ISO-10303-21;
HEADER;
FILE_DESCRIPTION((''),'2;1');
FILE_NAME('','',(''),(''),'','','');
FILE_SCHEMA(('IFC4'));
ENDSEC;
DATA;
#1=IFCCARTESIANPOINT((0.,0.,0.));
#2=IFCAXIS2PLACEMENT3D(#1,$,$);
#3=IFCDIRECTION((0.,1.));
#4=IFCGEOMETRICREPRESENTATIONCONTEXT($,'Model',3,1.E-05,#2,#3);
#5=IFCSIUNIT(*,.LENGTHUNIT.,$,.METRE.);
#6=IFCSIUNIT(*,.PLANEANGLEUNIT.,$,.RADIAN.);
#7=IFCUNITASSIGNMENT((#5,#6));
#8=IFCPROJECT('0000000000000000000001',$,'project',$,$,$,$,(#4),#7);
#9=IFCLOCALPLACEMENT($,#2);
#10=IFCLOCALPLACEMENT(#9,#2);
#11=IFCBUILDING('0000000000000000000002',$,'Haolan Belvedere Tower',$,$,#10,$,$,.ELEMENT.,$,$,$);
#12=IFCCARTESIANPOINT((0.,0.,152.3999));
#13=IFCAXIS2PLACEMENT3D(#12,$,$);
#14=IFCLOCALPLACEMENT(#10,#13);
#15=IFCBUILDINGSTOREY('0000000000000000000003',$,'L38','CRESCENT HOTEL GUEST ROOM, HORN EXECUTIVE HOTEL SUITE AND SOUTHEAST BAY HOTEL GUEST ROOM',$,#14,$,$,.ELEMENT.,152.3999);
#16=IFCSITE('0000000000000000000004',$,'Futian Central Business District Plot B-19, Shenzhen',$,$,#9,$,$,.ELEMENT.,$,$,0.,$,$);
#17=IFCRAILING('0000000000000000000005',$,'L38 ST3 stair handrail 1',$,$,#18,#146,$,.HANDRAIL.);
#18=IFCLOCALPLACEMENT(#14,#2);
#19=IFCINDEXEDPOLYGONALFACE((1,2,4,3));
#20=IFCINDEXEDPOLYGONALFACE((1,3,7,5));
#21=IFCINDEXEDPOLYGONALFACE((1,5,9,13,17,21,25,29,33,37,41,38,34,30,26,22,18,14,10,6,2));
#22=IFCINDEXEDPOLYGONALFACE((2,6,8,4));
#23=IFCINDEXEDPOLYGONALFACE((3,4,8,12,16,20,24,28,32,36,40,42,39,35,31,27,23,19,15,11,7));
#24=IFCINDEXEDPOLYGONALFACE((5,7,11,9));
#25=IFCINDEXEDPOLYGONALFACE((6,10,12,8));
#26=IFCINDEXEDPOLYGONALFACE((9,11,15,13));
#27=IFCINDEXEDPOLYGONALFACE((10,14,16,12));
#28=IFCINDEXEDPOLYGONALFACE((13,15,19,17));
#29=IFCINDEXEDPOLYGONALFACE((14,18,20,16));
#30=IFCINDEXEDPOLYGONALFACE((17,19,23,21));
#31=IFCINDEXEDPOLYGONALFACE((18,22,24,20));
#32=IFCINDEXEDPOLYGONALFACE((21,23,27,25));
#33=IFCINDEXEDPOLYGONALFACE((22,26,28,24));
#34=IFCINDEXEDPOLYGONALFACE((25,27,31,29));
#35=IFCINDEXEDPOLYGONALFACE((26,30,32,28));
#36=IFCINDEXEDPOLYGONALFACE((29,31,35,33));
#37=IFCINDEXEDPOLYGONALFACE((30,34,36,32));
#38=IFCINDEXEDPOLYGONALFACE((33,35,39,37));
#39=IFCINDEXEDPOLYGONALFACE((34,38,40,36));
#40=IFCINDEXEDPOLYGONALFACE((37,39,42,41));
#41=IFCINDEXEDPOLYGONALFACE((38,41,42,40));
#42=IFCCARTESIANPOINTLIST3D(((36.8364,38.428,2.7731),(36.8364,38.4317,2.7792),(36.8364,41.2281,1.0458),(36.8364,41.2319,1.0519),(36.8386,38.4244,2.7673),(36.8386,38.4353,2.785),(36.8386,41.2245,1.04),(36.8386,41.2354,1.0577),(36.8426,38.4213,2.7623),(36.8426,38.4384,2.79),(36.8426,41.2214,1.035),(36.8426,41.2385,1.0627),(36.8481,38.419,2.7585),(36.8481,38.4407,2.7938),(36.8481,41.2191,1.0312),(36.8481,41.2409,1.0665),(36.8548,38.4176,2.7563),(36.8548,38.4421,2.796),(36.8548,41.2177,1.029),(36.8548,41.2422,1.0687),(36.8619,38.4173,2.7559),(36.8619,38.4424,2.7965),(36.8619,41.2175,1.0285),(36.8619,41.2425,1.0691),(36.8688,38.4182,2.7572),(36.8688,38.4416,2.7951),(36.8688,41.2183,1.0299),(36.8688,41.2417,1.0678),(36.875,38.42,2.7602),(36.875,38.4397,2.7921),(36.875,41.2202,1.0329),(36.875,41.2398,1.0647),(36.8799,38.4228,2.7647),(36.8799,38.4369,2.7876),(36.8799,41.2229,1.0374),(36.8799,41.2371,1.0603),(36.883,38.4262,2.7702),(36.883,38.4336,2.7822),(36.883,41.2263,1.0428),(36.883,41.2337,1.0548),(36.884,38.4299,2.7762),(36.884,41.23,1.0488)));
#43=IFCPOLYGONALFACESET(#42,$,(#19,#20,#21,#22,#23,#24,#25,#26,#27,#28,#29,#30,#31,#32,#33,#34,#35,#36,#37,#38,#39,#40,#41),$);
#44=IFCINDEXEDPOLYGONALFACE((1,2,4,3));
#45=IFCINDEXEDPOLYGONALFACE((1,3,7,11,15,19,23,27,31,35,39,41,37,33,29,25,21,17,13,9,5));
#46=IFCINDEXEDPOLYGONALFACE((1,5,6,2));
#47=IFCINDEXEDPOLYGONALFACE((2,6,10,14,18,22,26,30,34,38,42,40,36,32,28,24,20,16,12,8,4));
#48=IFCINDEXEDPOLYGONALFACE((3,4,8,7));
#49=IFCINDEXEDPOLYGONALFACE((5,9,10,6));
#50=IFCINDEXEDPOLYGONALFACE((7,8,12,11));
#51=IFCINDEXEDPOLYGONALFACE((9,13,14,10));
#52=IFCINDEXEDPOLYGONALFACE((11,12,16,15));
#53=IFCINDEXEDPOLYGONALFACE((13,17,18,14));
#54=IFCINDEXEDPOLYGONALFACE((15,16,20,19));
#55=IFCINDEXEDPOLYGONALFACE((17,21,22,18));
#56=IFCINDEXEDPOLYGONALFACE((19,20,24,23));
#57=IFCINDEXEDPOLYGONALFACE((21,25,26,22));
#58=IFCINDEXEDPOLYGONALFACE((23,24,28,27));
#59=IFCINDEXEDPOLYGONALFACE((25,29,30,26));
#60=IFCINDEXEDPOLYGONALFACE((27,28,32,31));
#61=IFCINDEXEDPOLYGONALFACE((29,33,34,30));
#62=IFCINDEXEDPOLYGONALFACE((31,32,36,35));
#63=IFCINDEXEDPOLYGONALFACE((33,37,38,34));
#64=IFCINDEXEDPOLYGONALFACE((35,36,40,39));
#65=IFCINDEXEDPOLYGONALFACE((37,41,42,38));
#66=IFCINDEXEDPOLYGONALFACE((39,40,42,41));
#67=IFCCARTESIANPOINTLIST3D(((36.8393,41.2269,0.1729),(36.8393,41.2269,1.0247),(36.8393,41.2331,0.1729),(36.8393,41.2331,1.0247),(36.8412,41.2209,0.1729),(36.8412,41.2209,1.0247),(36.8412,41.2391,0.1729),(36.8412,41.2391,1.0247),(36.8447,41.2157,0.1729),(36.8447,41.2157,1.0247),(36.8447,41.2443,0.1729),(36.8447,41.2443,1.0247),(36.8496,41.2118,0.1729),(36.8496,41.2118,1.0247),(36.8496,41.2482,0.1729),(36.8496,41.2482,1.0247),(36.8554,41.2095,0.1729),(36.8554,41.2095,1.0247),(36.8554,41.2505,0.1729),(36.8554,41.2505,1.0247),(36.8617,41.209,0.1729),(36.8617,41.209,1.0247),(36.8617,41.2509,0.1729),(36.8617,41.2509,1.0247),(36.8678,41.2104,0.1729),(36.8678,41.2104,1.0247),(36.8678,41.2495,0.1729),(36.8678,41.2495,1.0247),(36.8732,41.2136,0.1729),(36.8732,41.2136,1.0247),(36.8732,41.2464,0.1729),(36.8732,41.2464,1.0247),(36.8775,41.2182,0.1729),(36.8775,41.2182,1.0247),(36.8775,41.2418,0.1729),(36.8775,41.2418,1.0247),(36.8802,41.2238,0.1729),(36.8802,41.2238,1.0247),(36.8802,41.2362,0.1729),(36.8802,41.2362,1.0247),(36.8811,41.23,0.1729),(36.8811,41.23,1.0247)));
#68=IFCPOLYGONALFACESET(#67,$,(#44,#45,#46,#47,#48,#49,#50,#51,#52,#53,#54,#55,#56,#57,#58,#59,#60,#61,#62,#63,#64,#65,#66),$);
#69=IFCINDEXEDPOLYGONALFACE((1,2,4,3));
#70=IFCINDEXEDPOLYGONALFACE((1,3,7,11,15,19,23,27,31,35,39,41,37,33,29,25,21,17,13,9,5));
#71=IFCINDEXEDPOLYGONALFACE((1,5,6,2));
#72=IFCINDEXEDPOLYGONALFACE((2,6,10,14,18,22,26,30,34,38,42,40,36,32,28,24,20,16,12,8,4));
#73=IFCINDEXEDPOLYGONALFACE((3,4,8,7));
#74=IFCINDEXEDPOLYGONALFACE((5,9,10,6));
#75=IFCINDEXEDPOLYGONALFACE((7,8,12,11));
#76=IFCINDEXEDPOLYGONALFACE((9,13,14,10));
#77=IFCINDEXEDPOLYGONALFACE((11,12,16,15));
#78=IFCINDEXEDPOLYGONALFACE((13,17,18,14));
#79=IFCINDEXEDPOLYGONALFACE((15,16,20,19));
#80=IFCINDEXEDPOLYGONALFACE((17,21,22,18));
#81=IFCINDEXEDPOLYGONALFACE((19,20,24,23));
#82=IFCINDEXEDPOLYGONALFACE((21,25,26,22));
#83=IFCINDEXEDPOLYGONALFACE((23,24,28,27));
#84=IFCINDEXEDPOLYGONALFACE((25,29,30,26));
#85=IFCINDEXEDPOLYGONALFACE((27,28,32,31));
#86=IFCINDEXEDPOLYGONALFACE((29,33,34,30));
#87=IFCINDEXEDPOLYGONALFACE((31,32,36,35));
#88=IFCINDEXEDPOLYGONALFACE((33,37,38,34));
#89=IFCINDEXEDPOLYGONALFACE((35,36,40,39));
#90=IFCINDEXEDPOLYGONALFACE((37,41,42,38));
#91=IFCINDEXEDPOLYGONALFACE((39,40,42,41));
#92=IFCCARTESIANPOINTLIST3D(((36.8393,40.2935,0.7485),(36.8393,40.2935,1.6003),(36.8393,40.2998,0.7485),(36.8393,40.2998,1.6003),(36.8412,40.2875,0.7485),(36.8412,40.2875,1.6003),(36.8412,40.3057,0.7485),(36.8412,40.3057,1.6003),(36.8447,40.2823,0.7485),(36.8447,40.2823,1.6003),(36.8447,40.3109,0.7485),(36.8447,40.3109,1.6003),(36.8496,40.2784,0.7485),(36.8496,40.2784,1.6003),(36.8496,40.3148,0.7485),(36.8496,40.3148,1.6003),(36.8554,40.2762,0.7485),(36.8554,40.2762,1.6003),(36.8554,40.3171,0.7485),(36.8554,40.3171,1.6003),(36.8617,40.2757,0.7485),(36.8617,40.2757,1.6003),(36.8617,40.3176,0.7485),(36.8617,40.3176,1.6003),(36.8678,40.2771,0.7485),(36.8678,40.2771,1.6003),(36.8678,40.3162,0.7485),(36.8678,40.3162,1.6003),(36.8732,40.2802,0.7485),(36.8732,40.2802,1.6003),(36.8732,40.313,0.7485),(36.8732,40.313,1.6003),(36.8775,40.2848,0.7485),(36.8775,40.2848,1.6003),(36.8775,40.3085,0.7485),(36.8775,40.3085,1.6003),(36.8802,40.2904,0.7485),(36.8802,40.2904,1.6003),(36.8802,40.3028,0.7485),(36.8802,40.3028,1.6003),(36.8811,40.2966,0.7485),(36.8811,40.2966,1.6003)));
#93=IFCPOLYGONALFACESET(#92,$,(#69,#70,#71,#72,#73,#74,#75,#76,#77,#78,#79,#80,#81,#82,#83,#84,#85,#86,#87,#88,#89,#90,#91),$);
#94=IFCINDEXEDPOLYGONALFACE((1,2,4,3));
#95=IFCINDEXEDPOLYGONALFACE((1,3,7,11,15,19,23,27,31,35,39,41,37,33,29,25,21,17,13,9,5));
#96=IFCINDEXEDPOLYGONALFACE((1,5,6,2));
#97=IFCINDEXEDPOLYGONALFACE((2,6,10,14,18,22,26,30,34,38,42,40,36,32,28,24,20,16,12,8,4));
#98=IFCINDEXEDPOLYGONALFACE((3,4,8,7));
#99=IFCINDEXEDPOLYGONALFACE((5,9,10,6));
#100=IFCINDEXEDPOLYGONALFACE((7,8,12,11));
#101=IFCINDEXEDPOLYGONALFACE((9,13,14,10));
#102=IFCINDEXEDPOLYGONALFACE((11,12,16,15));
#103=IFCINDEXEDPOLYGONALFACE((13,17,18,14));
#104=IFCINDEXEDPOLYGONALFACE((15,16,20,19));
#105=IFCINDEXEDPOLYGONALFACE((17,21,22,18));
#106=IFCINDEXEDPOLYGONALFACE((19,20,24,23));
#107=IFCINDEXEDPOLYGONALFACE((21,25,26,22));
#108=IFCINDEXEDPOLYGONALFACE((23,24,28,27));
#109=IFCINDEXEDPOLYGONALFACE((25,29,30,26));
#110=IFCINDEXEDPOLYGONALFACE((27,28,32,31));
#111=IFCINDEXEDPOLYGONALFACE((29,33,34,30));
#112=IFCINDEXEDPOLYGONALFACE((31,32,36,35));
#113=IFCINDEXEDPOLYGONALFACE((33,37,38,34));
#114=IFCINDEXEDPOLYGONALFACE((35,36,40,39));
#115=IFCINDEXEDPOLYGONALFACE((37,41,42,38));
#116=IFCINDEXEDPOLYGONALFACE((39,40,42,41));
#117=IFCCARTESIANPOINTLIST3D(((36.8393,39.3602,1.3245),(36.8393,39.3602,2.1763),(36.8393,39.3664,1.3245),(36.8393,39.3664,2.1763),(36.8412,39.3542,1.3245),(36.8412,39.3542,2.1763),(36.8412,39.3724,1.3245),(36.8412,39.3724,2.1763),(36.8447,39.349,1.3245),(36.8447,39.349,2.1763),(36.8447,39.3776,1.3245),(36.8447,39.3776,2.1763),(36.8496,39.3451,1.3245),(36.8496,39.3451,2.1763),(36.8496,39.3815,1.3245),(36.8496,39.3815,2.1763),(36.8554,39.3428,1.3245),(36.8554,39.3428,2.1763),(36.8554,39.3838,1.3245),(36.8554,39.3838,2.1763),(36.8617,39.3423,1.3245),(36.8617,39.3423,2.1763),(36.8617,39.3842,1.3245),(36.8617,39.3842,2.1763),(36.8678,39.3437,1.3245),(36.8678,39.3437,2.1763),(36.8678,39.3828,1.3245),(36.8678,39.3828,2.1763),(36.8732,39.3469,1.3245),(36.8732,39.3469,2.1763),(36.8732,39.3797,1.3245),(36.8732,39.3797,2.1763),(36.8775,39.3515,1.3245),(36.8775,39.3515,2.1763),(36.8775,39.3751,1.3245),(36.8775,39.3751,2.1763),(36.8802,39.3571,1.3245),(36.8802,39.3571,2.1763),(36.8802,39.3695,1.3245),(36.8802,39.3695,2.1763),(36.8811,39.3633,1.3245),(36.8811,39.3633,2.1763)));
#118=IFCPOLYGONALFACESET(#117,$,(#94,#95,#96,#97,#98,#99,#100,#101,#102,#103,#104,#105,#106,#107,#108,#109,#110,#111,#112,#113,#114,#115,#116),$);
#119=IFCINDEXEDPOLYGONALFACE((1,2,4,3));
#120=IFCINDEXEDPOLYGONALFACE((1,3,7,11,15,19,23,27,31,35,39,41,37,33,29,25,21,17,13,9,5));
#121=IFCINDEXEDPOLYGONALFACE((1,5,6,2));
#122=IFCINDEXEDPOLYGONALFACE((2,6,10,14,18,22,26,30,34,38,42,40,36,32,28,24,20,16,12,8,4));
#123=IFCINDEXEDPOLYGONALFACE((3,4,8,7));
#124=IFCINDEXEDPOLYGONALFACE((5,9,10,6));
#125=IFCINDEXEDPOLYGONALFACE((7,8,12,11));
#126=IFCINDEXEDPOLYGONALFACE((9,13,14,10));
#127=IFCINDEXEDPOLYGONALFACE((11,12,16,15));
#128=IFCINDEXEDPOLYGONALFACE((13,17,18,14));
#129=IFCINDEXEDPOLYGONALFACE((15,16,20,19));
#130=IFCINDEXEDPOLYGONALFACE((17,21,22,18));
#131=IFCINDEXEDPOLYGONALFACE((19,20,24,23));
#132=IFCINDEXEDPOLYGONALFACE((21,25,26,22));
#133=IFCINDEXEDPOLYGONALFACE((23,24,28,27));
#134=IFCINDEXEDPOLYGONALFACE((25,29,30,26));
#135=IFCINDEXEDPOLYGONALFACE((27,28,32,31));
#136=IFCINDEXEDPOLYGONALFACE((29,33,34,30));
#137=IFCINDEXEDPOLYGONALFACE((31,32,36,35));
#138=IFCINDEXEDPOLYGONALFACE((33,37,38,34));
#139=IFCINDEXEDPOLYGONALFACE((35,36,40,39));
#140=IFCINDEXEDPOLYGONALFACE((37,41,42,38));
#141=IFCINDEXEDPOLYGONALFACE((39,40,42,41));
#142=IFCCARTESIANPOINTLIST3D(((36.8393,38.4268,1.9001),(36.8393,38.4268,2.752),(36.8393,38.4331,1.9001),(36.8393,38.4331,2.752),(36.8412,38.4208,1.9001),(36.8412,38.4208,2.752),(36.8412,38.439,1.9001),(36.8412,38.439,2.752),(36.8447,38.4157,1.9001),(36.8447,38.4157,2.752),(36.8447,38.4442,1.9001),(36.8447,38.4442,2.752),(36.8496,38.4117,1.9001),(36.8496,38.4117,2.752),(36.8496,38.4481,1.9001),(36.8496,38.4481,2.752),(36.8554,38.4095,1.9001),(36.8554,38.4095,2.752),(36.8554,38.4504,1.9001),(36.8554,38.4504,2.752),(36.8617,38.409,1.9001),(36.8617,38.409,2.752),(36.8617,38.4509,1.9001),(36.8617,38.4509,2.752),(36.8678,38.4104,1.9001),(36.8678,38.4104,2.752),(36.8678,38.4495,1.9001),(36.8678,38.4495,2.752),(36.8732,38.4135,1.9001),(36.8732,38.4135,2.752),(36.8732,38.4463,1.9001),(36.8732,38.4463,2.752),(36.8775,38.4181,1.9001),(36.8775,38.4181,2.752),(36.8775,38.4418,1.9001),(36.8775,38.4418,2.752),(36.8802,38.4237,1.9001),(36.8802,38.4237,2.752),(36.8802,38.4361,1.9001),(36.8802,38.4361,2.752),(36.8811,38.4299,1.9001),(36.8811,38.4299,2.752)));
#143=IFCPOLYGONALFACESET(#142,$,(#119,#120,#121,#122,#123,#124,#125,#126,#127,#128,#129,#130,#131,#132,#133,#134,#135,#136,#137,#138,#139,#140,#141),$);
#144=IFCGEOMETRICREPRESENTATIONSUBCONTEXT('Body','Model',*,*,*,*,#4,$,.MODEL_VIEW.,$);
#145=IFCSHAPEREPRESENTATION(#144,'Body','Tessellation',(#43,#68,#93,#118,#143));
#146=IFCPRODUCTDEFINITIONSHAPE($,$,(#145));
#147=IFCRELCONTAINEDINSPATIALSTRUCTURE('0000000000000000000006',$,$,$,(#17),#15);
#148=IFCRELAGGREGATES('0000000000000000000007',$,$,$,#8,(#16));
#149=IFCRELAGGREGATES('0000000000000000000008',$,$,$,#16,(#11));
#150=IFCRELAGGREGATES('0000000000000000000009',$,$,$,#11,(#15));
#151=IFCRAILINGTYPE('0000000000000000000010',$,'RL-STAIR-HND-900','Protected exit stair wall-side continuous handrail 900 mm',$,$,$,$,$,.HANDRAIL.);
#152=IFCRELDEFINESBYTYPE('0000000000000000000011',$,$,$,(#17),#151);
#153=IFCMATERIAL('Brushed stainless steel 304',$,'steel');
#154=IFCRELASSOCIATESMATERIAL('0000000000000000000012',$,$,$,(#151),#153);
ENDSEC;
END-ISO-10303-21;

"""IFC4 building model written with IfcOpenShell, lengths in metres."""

from ifc_helpers import new_model, si_unit, direction, frame, origin, origin_2d, place, context, subcontext, project, spatial, circle, extrude, material, type_object, element, save


model = new_model("IFC4")

# Units and contexts
model_context = context("Model", 3, precision=1e-05, world=origin(), true_north=direction((0.0, 1.0)))
body_context = subcontext(model_context, "Body", "Model", "MODEL_VIEW")
ifc_project = project(units=[si_unit("LENGTHUNIT", "METRE"), si_unit("PLANEANGLEUNIT", "RADIAN")], contexts=[model_context])

# Site, building, storey
site_placement = place(None, origin())
site = spatial("IfcSite", under=ifc_project, at=site_placement, Name="Futian Central Business District Plot B-19, Shenzhen", CompositionType="ELEMENT", RefElevation=0.0)
building_placement = place(site_placement, origin())
building = spatial("IfcBuilding", under=site, at=building_placement, Name="Haolan Belvedere Tower", CompositionType="ELEMENT")
storey_placement = place(building_placement, frame((0.0, 0.0, 152.3999)))
storey = spatial("IfcBuildingStorey", under=building, at=storey_placement, Name="L38", Description="CRESCENT HOTEL GUEST ROOM, HORN EXECUTIVE HOTEL SUITE AND SOUTHEAST BAY HOTEL GUEST ROOM", CompositionType="ELEMENT", Elevation=152.3999)

# Railing
ifc_material_1 = material(Name="Brushed stainless steel 304", Category="steel")
railing_type_1 = type_object("IfcRailingType", Name="RL-STAIR-HND-900", Description="Protected exit stair wall-side continuous handrail 900 mm", PredefinedType="HANDRAIL", material=ifc_material_1)
railing_1_placement = place(storey_placement, frame((36.8601, 41.23, 0.1729)))
element("IfcRailing", 1, at=railing_1_placement, inside=storey, type_object=railing_type_1, Name="L38 ST3 stair handrail 1", PredefinedType="HANDRAIL", context=body_context, shape_type="SweptSolid", body=[
    extrude(circle(Radius=0.0239, at=origin_2d()), frame((0.0, 0.0, 0.876), z_axis=(0.0, -0.85109, 0.52502), x_axis=(1.0, 0.0, 0.0)), (0.0, 0.0, 1.0), 3.29),
    extrude(circle(Radius=0.021, at=origin_2d()), origin(), (0.0, 0.0, 1.0), 0.8518),
    extrude(circle(Radius=0.021, at=origin_2d()), frame((0.0, -0.9333, 0.5757)), (0.0, 0.0, 1.0), 0.8518),
    extrude(circle(Radius=0.021, at=origin_2d()), frame((0.0, -1.8667, 1.1516)), (0.0, 0.0, 1.0), 0.8518),
    extrude(circle(Radius=0.021, at=origin_2d()), frame((0.0, -2.8, 1.7273)), (0.0, 0.0, 1.0), 0.8518),
])

save(model, "model.ifc")
